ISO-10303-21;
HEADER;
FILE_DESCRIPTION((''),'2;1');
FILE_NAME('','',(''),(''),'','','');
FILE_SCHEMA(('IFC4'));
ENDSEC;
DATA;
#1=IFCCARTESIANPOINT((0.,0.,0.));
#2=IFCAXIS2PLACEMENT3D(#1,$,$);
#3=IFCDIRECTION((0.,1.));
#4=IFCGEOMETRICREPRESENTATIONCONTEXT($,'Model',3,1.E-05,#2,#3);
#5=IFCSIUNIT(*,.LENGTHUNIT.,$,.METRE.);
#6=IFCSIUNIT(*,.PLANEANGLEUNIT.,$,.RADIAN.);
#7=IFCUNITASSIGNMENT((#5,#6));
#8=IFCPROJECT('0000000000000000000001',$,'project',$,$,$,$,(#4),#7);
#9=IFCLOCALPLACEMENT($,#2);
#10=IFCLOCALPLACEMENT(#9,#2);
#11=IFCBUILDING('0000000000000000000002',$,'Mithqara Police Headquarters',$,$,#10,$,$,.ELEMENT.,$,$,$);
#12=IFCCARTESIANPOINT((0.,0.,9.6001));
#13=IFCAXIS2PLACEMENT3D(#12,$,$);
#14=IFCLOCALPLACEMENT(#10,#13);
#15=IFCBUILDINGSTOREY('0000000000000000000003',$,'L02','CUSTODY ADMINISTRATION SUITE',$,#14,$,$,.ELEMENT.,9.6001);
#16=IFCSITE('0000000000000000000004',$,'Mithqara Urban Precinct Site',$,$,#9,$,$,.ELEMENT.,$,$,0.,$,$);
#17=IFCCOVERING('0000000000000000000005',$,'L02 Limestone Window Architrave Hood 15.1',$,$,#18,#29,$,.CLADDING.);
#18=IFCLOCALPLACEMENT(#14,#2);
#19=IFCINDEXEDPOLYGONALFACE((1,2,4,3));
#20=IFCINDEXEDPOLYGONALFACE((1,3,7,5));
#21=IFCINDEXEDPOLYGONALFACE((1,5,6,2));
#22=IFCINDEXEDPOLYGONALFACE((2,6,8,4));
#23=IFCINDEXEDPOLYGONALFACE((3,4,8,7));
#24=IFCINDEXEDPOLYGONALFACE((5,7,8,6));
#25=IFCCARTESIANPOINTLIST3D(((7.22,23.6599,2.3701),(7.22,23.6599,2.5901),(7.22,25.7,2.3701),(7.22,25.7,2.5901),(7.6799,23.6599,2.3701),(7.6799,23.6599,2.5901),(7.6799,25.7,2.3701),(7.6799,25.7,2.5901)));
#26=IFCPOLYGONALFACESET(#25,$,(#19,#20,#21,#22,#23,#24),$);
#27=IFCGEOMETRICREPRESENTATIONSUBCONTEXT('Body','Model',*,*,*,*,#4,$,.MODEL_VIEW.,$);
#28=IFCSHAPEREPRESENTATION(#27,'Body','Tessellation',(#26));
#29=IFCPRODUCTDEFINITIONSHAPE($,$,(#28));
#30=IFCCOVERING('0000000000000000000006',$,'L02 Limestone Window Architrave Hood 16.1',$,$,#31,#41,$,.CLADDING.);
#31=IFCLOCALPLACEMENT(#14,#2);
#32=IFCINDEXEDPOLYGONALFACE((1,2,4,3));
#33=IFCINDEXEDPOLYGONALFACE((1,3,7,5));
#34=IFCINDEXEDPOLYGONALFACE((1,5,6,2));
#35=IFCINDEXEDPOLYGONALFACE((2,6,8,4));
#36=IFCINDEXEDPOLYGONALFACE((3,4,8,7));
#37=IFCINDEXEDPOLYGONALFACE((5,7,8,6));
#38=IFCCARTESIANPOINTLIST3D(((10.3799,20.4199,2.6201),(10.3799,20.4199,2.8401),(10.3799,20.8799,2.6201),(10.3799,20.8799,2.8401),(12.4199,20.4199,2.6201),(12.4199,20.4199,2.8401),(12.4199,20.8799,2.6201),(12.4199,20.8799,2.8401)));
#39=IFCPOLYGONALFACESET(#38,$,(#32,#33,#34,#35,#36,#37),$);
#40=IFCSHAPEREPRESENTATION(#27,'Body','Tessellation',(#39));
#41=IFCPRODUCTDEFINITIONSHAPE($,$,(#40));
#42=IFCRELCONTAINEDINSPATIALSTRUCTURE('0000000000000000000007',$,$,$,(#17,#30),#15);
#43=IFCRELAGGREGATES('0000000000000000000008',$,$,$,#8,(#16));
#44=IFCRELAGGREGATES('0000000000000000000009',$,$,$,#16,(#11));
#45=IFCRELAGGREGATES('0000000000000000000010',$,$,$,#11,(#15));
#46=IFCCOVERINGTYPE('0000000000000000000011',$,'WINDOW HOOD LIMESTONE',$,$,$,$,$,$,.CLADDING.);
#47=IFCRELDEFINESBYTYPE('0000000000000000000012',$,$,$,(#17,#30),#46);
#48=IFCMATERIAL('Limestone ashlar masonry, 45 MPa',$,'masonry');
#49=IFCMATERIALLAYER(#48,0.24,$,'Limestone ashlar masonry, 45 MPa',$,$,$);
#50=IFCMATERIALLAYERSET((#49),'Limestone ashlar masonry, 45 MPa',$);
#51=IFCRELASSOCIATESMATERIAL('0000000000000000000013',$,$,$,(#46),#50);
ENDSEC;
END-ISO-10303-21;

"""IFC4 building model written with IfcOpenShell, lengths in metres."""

from ifc_helpers import new_model, si_unit, direction, frame, origin, origin_2d, place, context, subcontext, project, spatial, rectangle, extrude, material, layer, layer_set, type_object, element, save


model = new_model("IFC4")

# Units and contexts
model_context = context("Model", 3, precision=1e-05, world=origin(), true_north=direction((0.0, 1.0)))
body_context = subcontext(model_context, "Body", "Model", "MODEL_VIEW")
ifc_project = project(units=[si_unit("LENGTHUNIT", "METRE"), si_unit("PLANEANGLEUNIT", "RADIAN")], contexts=[model_context])

# Site, building, storey
site_placement = place(None, origin())
site = spatial("IfcSite", under=ifc_project, at=site_placement, Name="Mithqara Urban Precinct Site", CompositionType="ELEMENT", RefElevation=0.0)
building_placement = place(site_placement, origin())
building = spatial("IfcBuilding", under=site, at=building_placement, Name="Mithqara Police Headquarters", CompositionType="ELEMENT")
storey_placement = place(building_placement, frame((0.0, 0.0, 9.6001)))
storey = spatial("IfcBuildingStorey", under=building, at=storey_placement, Name="L02", Description="CUSTODY ADMINISTRATION SUITE", CompositionType="ELEMENT", Elevation=9.6001)

# Shared definitions
ifc_material_1 = material(Name="Limestone ashlar masonry, 45 MPa", Category="masonry")

# Coverings
ifc_layer_1 = layer(ifc_material_1, 0.24, Name="Limestone ashlar masonry, 45 MPa")
ifc_layer_set_1 = layer_set([ifc_layer_1], Name="Limestone ashlar masonry, 45 MPa")
covering_type_1 = type_object("IfcCoveringType", Name="WINDOW HOOD LIMESTONE", PredefinedType="CLADDING", material=ifc_layer_set_1)
for number, where, z_axis, x_axis, name in (
    (1, (7.45, 24.6799, 2.3701), (0.0, 0.0, 1.0), (0.0, 1.0, 0.0), "L02 Limestone Window Architrave Hood 15.1"),
    (2, (11.3999, 20.6499, 2.6201), (0.0, 0.0, 1.0), (1.0, 0.0, 0.0), "L02 Limestone Window Architrave Hood 16.1"),
):
    element("IfcCovering", number, at=place(storey_placement, frame(where, z_axis=z_axis, x_axis=x_axis)), inside=storey, type_object=covering_type_1, Name=name, PredefinedType="CLADDING", context=body_context, shape_type="SweptSolid", body=[
        extrude(rectangle(XDim=2.04, YDim=0.46, at=origin_2d()), origin(), (0.0, 0.0, 1.0), 0.22),
    ])

save(model, "model.ifc")
